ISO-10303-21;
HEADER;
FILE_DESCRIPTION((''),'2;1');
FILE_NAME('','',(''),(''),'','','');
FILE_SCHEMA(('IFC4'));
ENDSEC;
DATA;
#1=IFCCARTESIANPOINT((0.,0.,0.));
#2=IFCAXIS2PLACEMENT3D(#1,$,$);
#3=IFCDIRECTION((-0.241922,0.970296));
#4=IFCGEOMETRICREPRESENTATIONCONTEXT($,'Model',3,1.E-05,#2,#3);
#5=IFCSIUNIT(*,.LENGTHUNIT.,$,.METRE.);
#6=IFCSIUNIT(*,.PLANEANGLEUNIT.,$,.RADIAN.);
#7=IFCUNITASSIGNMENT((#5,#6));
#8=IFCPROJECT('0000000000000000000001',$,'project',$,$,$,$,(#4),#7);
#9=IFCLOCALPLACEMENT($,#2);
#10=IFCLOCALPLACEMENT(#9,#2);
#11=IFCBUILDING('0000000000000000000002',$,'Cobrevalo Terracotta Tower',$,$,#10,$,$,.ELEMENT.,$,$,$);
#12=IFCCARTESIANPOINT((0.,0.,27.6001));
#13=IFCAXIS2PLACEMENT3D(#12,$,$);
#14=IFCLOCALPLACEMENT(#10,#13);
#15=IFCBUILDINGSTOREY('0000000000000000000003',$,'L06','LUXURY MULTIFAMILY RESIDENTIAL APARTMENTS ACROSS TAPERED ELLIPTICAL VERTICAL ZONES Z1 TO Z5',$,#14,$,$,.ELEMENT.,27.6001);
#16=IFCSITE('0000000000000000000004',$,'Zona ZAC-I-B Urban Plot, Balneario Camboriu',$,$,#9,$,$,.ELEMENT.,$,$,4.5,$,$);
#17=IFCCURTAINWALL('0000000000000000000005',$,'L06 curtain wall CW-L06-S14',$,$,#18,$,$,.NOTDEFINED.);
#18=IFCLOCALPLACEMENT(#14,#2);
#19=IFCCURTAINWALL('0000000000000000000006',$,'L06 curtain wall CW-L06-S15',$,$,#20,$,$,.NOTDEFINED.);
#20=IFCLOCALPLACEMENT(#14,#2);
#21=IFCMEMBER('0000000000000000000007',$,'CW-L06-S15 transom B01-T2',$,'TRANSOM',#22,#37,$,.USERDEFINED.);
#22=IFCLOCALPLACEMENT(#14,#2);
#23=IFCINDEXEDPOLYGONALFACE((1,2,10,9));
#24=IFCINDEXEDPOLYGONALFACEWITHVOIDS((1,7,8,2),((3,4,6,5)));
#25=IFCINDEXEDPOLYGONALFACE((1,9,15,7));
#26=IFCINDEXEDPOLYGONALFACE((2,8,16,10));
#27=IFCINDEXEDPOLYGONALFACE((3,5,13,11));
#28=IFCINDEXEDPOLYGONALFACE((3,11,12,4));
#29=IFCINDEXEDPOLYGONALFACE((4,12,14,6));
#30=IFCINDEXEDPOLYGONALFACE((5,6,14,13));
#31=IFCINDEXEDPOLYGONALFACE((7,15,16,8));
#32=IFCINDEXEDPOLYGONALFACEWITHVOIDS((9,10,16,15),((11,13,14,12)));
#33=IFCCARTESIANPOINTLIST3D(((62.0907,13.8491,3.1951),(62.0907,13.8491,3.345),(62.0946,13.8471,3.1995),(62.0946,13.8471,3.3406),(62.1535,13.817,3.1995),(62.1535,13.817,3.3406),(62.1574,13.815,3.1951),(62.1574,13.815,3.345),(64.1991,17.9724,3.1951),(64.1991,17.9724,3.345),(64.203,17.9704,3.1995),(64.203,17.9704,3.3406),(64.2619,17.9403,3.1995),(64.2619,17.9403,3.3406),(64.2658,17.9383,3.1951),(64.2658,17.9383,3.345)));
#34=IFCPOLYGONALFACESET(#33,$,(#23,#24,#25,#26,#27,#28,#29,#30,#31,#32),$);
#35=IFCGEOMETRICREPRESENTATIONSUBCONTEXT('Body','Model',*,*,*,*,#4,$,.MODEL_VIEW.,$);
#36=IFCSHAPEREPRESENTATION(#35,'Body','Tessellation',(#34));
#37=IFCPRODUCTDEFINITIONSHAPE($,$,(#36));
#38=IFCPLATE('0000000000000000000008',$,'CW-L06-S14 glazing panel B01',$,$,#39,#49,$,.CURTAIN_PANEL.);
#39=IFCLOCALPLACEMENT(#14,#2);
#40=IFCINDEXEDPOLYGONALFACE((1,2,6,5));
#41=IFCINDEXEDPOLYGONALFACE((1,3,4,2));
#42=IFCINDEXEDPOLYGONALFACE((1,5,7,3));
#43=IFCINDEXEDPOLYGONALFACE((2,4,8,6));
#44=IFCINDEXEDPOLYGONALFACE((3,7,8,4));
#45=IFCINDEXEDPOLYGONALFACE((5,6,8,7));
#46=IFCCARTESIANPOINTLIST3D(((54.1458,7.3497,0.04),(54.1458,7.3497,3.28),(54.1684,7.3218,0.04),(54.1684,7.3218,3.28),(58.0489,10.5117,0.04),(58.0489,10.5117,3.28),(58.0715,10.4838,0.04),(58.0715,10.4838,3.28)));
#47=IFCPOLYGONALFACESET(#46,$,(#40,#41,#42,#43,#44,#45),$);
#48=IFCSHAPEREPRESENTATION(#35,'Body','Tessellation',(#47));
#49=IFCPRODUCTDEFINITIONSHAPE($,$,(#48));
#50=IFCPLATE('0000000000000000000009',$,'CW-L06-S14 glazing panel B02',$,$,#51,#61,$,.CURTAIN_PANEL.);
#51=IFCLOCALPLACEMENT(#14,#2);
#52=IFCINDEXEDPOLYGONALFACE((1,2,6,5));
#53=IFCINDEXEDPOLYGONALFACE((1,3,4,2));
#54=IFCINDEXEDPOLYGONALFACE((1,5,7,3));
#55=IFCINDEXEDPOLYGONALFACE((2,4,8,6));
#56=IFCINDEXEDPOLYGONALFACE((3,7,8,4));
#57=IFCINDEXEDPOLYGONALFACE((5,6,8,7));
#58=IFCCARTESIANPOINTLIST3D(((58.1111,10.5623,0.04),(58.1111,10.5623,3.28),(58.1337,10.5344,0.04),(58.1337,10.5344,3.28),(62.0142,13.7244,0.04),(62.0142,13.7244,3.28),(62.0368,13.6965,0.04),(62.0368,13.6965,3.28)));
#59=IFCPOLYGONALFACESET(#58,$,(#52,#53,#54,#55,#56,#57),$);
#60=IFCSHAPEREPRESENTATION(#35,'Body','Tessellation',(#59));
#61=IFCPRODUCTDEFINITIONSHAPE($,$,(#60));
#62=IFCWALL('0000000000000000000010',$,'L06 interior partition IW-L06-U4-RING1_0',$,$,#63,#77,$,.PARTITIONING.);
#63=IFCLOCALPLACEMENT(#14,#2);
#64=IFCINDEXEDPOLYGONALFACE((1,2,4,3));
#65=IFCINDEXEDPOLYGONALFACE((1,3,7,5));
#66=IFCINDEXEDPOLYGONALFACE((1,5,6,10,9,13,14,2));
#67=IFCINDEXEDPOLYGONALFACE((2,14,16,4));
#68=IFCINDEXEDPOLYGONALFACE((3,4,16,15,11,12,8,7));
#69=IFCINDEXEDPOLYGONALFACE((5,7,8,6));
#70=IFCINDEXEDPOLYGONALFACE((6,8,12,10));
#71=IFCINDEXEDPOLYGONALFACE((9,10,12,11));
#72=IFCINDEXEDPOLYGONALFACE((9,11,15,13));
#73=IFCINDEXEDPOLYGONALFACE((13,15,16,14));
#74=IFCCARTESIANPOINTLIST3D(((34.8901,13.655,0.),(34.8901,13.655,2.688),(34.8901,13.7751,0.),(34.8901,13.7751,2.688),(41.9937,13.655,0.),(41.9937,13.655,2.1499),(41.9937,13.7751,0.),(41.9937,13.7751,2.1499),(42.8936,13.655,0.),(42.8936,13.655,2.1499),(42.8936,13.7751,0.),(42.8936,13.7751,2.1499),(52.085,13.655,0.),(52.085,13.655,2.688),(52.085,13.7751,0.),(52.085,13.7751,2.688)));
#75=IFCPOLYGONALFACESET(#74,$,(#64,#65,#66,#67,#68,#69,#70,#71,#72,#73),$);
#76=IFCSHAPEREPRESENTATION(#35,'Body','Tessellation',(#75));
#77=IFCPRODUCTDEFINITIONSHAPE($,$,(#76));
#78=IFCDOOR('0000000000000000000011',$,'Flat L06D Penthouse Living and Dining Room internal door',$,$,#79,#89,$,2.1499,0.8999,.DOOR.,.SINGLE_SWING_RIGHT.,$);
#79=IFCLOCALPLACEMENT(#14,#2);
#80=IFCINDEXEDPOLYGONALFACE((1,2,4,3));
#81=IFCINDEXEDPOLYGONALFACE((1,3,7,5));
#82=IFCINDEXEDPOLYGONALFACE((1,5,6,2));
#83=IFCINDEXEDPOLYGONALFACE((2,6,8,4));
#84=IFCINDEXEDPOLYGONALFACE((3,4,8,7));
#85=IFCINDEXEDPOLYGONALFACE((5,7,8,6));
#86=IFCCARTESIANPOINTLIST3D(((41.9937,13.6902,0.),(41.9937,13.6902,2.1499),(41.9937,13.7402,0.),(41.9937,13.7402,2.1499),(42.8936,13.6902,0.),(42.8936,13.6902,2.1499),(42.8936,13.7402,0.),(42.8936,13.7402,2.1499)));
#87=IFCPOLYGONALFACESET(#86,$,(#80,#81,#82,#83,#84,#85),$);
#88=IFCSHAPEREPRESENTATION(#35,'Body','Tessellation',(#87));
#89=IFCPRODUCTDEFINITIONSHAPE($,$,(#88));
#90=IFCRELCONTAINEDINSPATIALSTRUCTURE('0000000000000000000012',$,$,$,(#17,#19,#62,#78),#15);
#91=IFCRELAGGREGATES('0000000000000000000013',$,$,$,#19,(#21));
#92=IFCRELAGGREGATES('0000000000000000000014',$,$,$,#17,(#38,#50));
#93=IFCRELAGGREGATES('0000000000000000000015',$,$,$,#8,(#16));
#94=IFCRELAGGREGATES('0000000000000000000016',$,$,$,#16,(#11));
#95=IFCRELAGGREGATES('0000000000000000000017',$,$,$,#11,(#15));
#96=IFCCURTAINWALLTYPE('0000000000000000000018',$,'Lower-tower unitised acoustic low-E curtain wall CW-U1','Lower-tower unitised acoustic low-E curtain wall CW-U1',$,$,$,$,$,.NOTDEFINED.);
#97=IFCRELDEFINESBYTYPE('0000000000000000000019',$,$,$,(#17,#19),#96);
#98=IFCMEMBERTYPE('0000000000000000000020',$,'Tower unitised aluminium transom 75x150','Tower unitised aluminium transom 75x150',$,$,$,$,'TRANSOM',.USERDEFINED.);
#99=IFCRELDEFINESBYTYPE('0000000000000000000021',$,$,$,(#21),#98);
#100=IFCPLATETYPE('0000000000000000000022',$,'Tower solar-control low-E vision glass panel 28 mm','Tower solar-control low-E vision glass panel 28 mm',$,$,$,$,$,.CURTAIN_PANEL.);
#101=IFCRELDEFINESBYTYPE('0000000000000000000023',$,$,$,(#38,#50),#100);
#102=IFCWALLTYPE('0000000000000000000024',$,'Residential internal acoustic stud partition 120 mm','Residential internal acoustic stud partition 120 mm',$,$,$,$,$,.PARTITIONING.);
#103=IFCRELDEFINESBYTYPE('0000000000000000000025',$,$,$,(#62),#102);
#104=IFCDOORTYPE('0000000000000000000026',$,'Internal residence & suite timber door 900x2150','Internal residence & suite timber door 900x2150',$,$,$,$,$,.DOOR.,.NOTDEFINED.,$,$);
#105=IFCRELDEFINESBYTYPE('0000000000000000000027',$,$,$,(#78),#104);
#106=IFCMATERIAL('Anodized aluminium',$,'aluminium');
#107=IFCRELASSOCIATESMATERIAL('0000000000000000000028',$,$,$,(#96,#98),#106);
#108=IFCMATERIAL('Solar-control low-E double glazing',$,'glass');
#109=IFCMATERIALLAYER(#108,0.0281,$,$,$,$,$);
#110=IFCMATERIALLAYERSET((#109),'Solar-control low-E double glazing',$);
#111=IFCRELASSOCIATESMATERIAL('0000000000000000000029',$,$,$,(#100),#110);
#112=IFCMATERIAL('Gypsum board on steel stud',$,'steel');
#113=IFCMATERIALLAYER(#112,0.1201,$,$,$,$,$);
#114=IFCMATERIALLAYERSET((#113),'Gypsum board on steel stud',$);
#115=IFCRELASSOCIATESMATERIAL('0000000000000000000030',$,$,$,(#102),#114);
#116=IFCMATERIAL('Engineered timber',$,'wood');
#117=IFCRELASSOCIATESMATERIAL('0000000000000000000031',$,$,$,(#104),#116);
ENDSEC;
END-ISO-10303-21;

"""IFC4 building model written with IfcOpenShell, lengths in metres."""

from ifc_helpers import new_model, si_unit, direction, frame, frame_2d, origin, origin_2d, place, context, subcontext, project, spatial, rectangle, hollow_rectangle, extrude, source, transform, mapped, material, layer, layer_set, material_profile, profile_set, type_object, element, fill, aggregate, save


model = new_model("IFC4")

# Units and contexts
model_context = context("Model", 3, precision=1e-05, world=origin(), true_north=direction((-0.241922, 0.970296)))
body_context = subcontext(model_context, "Body", "Model", "MODEL_VIEW")
ifc_project = project(units=[si_unit("LENGTHUNIT", "METRE"), si_unit("PLANEANGLEUNIT", "RADIAN")], contexts=[model_context])

# Site, building, storey
site_placement = place(None, origin())
site = spatial("IfcSite", under=ifc_project, at=site_placement, Name="Zona ZAC-I-B Urban Plot, Balneario Camboriu", CompositionType="ELEMENT", RefElevation=4.5)
building_placement = place(site_placement, origin())
building = spatial("IfcBuilding", under=site, at=building_placement, Name="Cobrevalo Terracotta Tower", CompositionType="ELEMENT")
storey_placement = place(building_placement, frame((0.0, 0.0, 27.6001)))
storey = spatial("IfcBuildingStorey", under=building, at=storey_placement, Name="L06", Description="LUXURY MULTIFAMILY RESIDENTIAL APARTMENTS ACROSS TAPERED ELLIPTICAL VERTICAL ZONES Z1 TO Z5", CompositionType="ELEMENT", Elevation=27.6001)

# Curtain walls, member
ifc_material_1 = material(Name="Anodized aluminium", Category="aluminium")
curtain_wall_type = type_object("IfcCurtainWallType", Name="Lower-tower unitised acoustic low-E curtain wall CW-U1", Description="Lower-tower unitised acoustic low-E curtain wall CW-U1", PredefinedType="NOTDEFINED", material=ifc_material_1)
curtain_wall_1_placement = place(storey_placement, origin())
curtain_wall_1 = element("IfcCurtainWall", 1, at=curtain_wall_1_placement, inside=storey, type_object=curtain_wall_type, Name="L06 curtain wall CW-L06-S14", PredefinedType="NOTDEFINED")
ifc_material_profile_1 = material_profile(ifc_material_1, hollow_rectangle(XDim=0.075, YDim=0.1499, WallThickness=0.0044, at=origin_2d()), Name="CWT 75x150")
ifc_profile_set_1 = profile_set([ifc_material_profile_1], Name="Anodized aluminium")
member_type_1 = type_object("IfcMemberType", Name="Tower unitised aluminium transom 75x150", Description="Tower unitised aluminium transom 75x150", ElementType="TRANSOM", PredefinedType="USERDEFINED", material=ifc_profile_set_1)
curtain_wall_2_placement = place(storey_placement, origin())
curtain_wall_2 = element("IfcCurtainWall", 2, at=curtain_wall_2_placement, inside=storey, type_object=curtain_wall_type, Name="L06 curtain wall CW-L06-S15", PredefinedType="NOTDEFINED")
shared_shape_1 = source(origin(), body_context, "Body", "SweptSolid", [
    extrude(hollow_rectangle(XDim=0.075, YDim=0.1499, WallThickness=0.0044, at=origin_2d()), origin(), (0.0, 0.0, 1.0), 4.6311),
])
member_1_placement = place(storey_placement, frame((62.124, 13.832, 3.27), z_axis=(0.455272, 0.890353, 0.0), x_axis=(-0.890353, 0.455272, 0.0)))
member_1 = element("IfcMember", 3, at=member_1_placement, type_object=member_type_1, Name="CW-L06-S15 transom B01-T2", ObjectType="TRANSOM", PredefinedType="USERDEFINED", context=body_context, shape_type="MappedRepresentation", body=[
    mapped(shared_shape_1, transform((0.0, 0.0, 0.0), scale=1.0)),
])
aggregate(curtain_wall_2, [member_1])

# Plates
ifc_material_2 = material(Name="Solar-control low-E double glazing", Category="glass")
ifc_layer_1 = layer(ifc_material_2, 0.0281)
ifc_layer_set_1 = layer_set([ifc_layer_1], Name="Solar-control low-E double glazing")
plate_type = type_object("IfcPlateType", Name="Tower solar-control low-E vision glass panel 28 mm", Description="Tower solar-control low-E vision glass panel 28 mm", PredefinedType="CURTAIN_PANEL", material=ifc_layer_set_1)
shared_shape_2 = source(origin(), body_context, "Body", "SweptSolid", [
    extrude(rectangle(XDim=5.0232, YDim=0.0359, at=origin_2d()), origin(), (0.0, 0.0, 1.0), 3.24),
])
plate_1_placement = place(storey_placement, frame((56.1086, 8.9167, 0.04), z_axis=(0.0, 0.0, 1.0), x_axis=(0.777008, 0.629491, 0.0)))
plate_1 = element("IfcPlate", 4, at=plate_1_placement, type_object=plate_type, Name="CW-L06-S14 glazing panel B01", PredefinedType="CURTAIN_PANEL", context=body_context, shape_type="MappedRepresentation", body=[
    mapped(shared_shape_2, transform((0.0, 0.0, 0.0), scale=1.0)),
])
plate_2_placement = place(storey_placement, frame((60.074, 12.1294, 0.04), z_axis=(0.0, 0.0, 1.0), x_axis=(0.777008, 0.629491, 0.0)))
plate_2 = element("IfcPlate", 5, at=plate_2_placement, type_object=plate_type, Name="CW-L06-S14 glazing panel B02", PredefinedType="CURTAIN_PANEL", context=body_context, shape_type="MappedRepresentation", body=[
    mapped(shared_shape_2, transform((0.0, 0.0, 0.0), scale=1.0)),
])
aggregate(curtain_wall_1, [plate_1, plate_2])

# Wall, opening, door
ifc_material_3 = material(Name="Gypsum board on steel stud", Category="steel")
ifc_layer_2 = layer(ifc_material_3, 0.1201)
ifc_layer_set_2 = layer_set([ifc_layer_2], Name="Gypsum board on steel stud")
wall_type = type_object("IfcWallType", Name="Residential internal acoustic stud partition 120 mm", Description="Residential internal acoustic stud partition 120 mm", PredefinedType="PARTITIONING", material=ifc_layer_set_2)
wall_placement = place(storey_placement, frame((52.085, 13.7151, 0.0), z_axis=(0.0, 0.0, 1.0), x_axis=(-1.0, 0.0, 0.0)))
wall = element("IfcWall", 6, at=wall_placement, inside=storey, type_object=wall_type, Name="L06 interior partition IW-L06-U4-RING1_0", PredefinedType="PARTITIONING", context=body_context, shape_type="SweptSolid", body=[
    extrude(rectangle(XDim=17.1948, YDim=0.1201, at=frame_2d((8.5974, 0.0))), origin(), (0.0, 0.0, 1.0), 2.688),
])
opening_placement = place(wall_placement, frame((9.1914, 0.0, 0.0)))
opening = element("IfcOpeningElement", 7, at=opening_placement, cuts=wall, PredefinedType="OPENING", context=body_context, shape_type="SweptSolid", body=[
    extrude(rectangle(XDim=0.8999, YDim=2.1499, at=frame_2d((0.45, 1.075))), frame((0.0, 0.0701, 0.0), z_axis=(0.0, -1.0, 0.0), x_axis=(1.0, 0.0, 0.0)), (0.0, 0.0, 1.0), 0.1401),
])
ifc_material_4 = material(Name="Engineered timber", Category="wood")
door_type = type_object("IfcDoorType", Name="Internal residence & suite timber door 900x2150", Description="Internal residence & suite timber door 900x2150", OperationType="NOTDEFINED", PredefinedType="DOOR", material=ifc_material_4)
shared_shape_3 = source(origin(), body_context, "Body", "SweptSolid", [
    extrude(rectangle(XDim=0.8999, YDim=2.1499, at=frame_2d((0.45, 1.075))), frame((0.0, 0.0249, 0.0), z_axis=(0.0, -1.0, 0.0), x_axis=(1.0, 0.0, 0.0)), (0.0, 0.0, 1.0), 0.05),
])
door_placement = place(opening_placement, origin())
door = element("IfcDoor", 8, at=door_placement, inside=storey, type_object=door_type, Name="Flat L06D Penthouse Living and Dining Room internal door", OperationType="SINGLE_SWING_RIGHT", OverallHeight=2.1499, OverallWidth=0.8999, PredefinedType="DOOR", context=body_context, shape_type="MappedRepresentation", body=[
    mapped(shared_shape_3, transform((0.0, 0.0, 0.0), scale=1.0)),
])
fill(opening, door)

save(model, "model.ifc")
